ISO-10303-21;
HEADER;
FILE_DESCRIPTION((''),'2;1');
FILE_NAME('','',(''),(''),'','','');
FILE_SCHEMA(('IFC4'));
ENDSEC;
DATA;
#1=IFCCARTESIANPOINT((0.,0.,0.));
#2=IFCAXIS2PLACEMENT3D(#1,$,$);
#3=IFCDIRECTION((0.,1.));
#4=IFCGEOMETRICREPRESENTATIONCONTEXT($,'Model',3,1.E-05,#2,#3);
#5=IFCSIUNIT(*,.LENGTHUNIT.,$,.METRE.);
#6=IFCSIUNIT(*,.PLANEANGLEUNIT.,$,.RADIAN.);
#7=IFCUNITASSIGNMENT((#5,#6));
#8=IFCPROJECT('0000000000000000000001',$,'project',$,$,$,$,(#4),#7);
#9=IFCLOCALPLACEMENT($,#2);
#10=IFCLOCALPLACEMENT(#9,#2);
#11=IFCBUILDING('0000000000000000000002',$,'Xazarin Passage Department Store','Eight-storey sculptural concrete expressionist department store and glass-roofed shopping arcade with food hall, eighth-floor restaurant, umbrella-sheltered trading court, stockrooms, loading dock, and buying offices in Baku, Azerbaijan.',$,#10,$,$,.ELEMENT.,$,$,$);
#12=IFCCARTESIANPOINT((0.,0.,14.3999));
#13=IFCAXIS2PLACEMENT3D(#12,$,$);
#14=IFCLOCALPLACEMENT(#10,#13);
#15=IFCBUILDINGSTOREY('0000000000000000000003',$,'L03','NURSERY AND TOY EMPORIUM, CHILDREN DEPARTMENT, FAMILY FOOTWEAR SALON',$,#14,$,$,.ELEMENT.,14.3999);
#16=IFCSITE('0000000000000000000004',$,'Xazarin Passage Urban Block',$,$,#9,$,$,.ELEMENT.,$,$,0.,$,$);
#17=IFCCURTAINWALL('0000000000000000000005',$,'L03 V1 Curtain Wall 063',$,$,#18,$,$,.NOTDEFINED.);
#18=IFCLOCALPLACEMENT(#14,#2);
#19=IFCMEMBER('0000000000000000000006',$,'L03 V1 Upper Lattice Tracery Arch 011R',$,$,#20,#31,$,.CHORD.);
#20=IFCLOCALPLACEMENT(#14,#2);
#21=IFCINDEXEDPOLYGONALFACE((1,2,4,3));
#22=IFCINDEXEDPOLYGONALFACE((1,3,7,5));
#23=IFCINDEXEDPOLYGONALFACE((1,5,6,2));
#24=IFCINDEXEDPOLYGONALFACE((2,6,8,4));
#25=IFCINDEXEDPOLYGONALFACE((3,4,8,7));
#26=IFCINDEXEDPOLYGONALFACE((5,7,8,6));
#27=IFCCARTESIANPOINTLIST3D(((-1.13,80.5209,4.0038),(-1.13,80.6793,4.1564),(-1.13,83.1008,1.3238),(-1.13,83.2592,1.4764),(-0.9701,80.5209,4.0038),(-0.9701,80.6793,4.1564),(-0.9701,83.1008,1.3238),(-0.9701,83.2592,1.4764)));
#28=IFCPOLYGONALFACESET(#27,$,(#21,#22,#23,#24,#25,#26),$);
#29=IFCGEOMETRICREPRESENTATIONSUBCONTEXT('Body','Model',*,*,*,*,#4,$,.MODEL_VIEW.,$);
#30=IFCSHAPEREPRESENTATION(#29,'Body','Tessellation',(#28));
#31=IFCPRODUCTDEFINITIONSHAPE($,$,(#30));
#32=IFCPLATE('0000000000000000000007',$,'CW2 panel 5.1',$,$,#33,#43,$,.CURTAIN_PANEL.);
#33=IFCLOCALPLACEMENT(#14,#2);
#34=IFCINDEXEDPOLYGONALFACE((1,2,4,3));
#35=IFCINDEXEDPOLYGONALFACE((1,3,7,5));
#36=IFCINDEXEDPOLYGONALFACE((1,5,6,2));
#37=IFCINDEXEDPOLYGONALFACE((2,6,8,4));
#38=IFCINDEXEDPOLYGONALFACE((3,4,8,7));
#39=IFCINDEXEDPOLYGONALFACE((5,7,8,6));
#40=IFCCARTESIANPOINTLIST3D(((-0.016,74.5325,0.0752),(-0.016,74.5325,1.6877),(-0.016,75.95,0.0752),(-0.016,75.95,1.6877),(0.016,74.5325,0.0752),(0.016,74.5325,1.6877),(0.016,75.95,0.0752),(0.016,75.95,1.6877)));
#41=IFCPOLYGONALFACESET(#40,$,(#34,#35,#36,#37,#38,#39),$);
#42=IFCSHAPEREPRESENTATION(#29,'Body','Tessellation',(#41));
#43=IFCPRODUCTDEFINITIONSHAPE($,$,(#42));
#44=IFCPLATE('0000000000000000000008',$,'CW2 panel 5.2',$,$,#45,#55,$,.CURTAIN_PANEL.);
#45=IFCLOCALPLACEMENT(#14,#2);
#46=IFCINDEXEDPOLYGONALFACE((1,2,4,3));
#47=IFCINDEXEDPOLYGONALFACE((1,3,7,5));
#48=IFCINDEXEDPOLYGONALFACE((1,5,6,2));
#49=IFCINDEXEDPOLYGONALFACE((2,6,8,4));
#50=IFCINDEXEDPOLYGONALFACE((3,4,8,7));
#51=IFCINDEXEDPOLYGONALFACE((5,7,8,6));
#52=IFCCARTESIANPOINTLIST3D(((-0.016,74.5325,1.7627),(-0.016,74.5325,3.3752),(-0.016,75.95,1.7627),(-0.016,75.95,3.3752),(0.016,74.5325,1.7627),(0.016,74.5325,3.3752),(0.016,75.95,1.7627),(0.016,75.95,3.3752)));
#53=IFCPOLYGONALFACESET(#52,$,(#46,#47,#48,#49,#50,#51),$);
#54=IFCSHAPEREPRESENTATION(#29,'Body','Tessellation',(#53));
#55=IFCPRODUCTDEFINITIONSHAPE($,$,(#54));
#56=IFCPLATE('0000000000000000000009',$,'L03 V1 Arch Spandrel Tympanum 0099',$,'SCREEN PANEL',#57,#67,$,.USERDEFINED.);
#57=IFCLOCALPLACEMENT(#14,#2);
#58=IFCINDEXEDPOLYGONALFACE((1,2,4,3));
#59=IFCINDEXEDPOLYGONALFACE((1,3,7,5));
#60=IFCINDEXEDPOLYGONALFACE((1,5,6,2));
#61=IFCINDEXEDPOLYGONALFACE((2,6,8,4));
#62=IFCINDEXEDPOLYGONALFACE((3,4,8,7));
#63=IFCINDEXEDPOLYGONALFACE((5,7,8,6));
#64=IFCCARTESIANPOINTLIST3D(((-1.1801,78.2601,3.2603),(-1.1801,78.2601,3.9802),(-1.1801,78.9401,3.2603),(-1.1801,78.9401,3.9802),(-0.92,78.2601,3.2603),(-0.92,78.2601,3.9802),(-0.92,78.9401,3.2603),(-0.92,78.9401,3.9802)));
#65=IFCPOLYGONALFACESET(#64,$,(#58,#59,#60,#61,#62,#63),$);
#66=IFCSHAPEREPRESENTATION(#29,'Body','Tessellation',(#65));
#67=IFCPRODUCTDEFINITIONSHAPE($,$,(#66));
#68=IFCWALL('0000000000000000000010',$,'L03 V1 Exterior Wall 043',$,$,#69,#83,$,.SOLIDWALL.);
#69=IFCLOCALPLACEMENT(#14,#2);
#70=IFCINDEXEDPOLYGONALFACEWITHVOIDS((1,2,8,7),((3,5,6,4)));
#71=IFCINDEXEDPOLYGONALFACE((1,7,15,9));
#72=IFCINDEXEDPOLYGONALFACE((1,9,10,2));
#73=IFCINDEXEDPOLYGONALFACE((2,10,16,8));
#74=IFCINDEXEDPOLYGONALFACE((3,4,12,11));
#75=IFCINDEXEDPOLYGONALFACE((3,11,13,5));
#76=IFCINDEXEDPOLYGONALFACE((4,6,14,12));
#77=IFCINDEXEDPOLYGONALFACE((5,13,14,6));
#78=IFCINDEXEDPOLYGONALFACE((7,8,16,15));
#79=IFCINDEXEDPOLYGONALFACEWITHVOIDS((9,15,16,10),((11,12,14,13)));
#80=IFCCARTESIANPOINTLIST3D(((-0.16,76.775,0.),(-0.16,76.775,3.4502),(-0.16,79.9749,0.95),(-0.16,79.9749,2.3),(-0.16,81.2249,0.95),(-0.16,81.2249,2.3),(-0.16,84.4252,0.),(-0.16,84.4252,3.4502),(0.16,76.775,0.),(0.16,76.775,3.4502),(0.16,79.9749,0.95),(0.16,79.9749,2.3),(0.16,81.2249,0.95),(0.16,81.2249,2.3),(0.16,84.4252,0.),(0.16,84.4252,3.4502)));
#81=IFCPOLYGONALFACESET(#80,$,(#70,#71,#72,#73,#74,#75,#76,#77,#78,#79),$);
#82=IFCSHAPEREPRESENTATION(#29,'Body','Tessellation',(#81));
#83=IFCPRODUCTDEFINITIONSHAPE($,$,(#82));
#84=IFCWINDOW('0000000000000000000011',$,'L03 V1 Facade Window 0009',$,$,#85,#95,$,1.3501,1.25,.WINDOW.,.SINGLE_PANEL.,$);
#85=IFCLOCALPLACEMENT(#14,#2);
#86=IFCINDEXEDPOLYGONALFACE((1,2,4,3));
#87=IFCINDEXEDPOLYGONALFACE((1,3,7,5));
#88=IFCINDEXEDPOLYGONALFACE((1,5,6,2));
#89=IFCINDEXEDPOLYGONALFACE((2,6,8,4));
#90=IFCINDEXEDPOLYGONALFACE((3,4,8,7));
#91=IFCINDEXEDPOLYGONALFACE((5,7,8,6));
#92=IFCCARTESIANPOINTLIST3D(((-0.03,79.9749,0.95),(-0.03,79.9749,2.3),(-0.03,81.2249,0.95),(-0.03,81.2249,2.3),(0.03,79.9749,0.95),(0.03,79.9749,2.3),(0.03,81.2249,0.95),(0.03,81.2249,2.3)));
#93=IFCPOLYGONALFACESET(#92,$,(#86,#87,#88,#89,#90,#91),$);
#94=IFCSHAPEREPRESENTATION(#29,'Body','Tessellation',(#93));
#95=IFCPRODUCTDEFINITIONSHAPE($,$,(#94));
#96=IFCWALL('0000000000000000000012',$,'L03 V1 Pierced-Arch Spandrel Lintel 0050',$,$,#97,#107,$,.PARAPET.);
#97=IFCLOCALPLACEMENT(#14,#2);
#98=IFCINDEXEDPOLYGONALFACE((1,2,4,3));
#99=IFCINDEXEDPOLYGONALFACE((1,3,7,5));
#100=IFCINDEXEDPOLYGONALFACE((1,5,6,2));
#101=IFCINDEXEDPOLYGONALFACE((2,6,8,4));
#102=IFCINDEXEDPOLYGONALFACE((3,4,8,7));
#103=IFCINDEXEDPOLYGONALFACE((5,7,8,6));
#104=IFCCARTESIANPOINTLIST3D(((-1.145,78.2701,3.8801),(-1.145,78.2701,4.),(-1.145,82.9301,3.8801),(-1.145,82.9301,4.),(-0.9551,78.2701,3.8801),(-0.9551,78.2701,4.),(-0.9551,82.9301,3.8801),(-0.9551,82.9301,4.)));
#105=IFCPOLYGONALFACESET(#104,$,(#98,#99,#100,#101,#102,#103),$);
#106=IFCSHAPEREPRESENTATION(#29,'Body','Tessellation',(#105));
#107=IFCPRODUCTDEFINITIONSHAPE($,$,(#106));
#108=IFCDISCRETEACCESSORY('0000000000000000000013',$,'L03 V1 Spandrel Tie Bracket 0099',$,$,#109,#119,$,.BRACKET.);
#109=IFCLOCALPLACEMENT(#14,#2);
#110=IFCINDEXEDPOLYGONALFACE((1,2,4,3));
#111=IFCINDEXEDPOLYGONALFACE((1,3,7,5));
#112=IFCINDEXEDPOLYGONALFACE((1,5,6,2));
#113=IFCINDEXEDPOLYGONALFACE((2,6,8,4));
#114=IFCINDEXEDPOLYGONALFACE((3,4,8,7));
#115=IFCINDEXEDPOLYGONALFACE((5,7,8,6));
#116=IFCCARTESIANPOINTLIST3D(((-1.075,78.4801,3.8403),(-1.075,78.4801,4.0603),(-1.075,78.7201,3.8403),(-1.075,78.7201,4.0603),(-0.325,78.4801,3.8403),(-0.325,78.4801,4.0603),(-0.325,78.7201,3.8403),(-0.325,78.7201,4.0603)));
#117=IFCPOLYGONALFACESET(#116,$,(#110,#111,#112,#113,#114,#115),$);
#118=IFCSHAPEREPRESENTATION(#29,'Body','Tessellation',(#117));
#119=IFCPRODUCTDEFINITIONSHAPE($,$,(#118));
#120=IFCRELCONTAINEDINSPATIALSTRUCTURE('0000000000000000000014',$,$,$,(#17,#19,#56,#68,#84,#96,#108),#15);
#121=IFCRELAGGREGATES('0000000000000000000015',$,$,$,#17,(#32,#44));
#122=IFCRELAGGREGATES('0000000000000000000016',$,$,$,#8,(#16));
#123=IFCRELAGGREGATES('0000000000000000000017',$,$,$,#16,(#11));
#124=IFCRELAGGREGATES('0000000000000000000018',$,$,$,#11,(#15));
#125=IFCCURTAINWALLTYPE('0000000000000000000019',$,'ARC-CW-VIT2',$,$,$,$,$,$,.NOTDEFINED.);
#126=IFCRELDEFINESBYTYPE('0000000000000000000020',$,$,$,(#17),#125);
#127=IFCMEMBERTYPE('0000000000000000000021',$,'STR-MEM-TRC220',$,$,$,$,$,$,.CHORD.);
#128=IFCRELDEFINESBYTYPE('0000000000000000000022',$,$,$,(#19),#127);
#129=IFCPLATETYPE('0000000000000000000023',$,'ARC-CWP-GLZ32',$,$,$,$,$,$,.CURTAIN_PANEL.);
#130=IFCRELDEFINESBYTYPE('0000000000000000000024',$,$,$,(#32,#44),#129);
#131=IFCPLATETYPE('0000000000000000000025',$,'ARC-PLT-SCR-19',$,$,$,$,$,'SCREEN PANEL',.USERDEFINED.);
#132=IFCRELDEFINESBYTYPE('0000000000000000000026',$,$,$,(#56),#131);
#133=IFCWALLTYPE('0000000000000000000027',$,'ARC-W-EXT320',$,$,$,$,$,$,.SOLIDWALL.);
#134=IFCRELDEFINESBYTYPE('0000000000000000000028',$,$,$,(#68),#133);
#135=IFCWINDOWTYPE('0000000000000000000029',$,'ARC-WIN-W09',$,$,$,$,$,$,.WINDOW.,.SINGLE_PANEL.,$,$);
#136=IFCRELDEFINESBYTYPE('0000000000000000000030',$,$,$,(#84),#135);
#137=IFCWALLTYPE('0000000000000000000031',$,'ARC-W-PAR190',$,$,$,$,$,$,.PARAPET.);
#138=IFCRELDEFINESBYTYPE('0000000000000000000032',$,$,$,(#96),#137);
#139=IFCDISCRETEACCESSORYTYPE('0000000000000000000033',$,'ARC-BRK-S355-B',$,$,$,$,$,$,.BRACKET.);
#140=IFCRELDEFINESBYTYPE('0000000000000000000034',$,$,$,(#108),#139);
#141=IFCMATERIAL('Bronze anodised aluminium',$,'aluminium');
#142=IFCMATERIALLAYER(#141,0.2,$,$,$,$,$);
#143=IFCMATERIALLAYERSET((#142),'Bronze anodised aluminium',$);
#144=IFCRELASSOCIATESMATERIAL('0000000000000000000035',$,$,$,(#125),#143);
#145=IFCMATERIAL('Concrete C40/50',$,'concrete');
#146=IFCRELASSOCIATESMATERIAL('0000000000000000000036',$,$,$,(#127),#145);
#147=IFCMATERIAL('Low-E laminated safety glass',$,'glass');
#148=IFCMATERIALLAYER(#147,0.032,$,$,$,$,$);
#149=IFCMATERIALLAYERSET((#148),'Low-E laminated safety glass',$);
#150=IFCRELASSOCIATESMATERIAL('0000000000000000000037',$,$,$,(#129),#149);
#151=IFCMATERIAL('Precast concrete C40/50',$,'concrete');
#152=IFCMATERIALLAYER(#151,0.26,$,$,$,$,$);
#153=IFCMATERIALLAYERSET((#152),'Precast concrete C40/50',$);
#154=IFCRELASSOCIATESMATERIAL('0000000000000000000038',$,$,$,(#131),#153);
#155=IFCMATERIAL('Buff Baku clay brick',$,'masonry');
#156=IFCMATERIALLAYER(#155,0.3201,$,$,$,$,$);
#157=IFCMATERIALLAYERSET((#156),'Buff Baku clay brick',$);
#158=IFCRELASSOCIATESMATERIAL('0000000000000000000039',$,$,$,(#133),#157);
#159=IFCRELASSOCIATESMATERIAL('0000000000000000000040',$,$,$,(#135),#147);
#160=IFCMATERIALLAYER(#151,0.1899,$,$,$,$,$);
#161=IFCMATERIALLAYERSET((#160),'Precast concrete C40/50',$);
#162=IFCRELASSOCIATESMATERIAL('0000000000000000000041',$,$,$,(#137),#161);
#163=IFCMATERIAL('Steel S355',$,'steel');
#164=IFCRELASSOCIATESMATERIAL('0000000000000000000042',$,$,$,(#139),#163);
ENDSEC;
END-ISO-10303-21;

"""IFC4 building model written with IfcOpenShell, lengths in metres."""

from ifc_helpers import new_model, si_unit, direction, frame, frame_2d, origin, origin_2d, place, context, subcontext, project, spatial, rectangle, extrude, material, layer, layer_set, material_profile, profile_set, type_object, element, fill, aggregate, save


model = new_model("IFC4")

# Units and contexts
model_context = context("Model", 3, precision=1e-05, world=origin(), true_north=direction((0.0, 1.0)))
body_context = subcontext(model_context, "Body", "Model", "MODEL_VIEW")
ifc_project = project(units=[si_unit("LENGTHUNIT", "METRE"), si_unit("PLANEANGLEUNIT", "RADIAN")], contexts=[model_context])

# Site, building, storey
site_placement = place(None, origin())
site = spatial("IfcSite", under=ifc_project, at=site_placement, Name="Xazarin Passage Urban Block", CompositionType="ELEMENT", RefElevation=0.0)
building_placement = place(site_placement, origin())
building = spatial("IfcBuilding", under=site, at=building_placement, Name="Xazarin Passage Department Store", Description="Eight-storey sculptural concrete expressionist department store and glass-roofed shopping arcade with food hall, eighth-floor restaurant, umbrella-sheltered trading court, stockrooms, loading dock, and buying offices in Baku, Azerbaijan.", CompositionType="ELEMENT")
storey_placement = place(building_placement, frame((0.0, 0.0, 14.3999)))
storey = spatial("IfcBuildingStorey", under=building, at=storey_placement, Name="L03", Description="NURSERY AND TOY EMPORIUM, CHILDREN DEPARTMENT, FAMILY FOOTWEAR SALON", CompositionType="ELEMENT", Elevation=14.3999)

# Shared definitions
ifc_material_1 = material(Name="Concrete C40/50", Category="concrete")

# Curtain wall
ifc_material_2 = material(Name="Bronze anodised aluminium", Category="aluminium")
ifc_layer_1 = layer(ifc_material_2, 0.2)
ifc_layer_set_1 = layer_set([ifc_layer_1], Name="Bronze anodised aluminium")
curtain_wall_type = type_object("IfcCurtainWallType", Name="ARC-CW-VIT2", PredefinedType="NOTDEFINED", material=ifc_layer_set_1)
curtain_wall_placement = place(storey_placement, origin())
curtain_wall = element("IfcCurtainWall", 1, at=curtain_wall_placement, inside=storey, type_object=curtain_wall_type, Name="L03 V1 Curtain Wall 063", PredefinedType="NOTDEFINED")

# Member
ifc_material_profile_1 = material_profile(ifc_material_1, rectangle(XDim=0.1599, YDim=0.22, at=origin_2d()), Name="RC 160x220")
ifc_profile_set_1 = profile_set([ifc_material_profile_1], Name="Concrete C40/50")
member_type_1 = type_object("IfcMemberType", Name="STR-MEM-TRC220", PredefinedType="CHORD", material=ifc_profile_set_1)
for number, where, z_axis, x_axis, name in (
    (2, (-1.05, 80.6001, 4.0801), (0.0, 0.693524, -0.720433), (-1.0, 0.0, 0.0), "L03 V1 Upper Lattice Tracery Arch 011R"),
):
    element("IfcMember", number, at=place(storey_placement, frame(where, z_axis=z_axis, x_axis=x_axis)), inside=storey, type_object=member_type_1, Name=name, PredefinedType="CHORD", context=body_context, shape_type="SweptSolid", body=[
        extrude(rectangle(XDim=0.1599, YDim=0.22, at=origin_2d()), origin(), (0.0, 0.0, 1.0), 3.72),
    ])

# Plates
ifc_material_3 = material(Name="Low-E laminated safety glass", Category="glass")
ifc_layer_2 = layer(ifc_material_3, 0.032)
ifc_layer_set_2 = layer_set([ifc_layer_2], Name="Low-E laminated safety glass")
plate_type_1 = type_object("IfcPlateType", Name="ARC-CWP-GLZ32", PredefinedType="CURTAIN_PANEL", material=ifc_layer_set_2)
plate_1_placement = place(storey_placement, frame((0.0, 75.2412, 0.0752), z_axis=(0.0, 0.0, 1.0), x_axis=(0.0, 1.0, 0.0)))
plate_1 = element("IfcPlate", 3, at=plate_1_placement, type_object=plate_type_1, Name="CW2 panel 5.1", PredefinedType="CURTAIN_PANEL", context=body_context, shape_type="SweptSolid", body=[
    extrude(rectangle(XDim=1.4175, YDim=0.032, at=origin_2d()), origin(), (0.0, 0.0, 1.0), 1.6125),
])
plate_2_placement = place(storey_placement, frame((0.0, 75.2412, 1.7627), z_axis=(0.0, 0.0, 1.0), x_axis=(0.0, 1.0, 0.0)))
plate_2 = element("IfcPlate", 4, at=plate_2_placement, type_object=plate_type_1, Name="CW2 panel 5.2", PredefinedType="CURTAIN_PANEL", context=body_context, shape_type="SweptSolid", body=[
    extrude(rectangle(XDim=1.4175, YDim=0.032, at=origin_2d()), origin(), (0.0, 0.0, 1.0), 1.6125),
])
aggregate(curtain_wall, [plate_1, plate_2])
ifc_material_4 = material(Name="Precast concrete C40/50", Category="concrete")
ifc_layer_3 = layer(ifc_material_4, 0.26)
ifc_layer_set_3 = layer_set([ifc_layer_3], Name="Precast concrete C40/50")
plate_type_2 = type_object("IfcPlateType", Name="ARC-PLT-SCR-19", ElementType="SCREEN PANEL", PredefinedType="USERDEFINED", material=ifc_layer_set_3)
plate_3_placement = place(storey_placement, frame((-1.05, 78.6001, 3.2603), z_axis=(0.0, 0.0, 1.0), x_axis=(0.0, 1.0, 0.0)))
element("IfcPlate", 5, at=plate_3_placement, inside=storey, type_object=plate_type_2, Name="L03 V1 Arch Spandrel Tympanum 0099", ObjectType="SCREEN PANEL", PredefinedType="USERDEFINED", context=body_context, shape_type="SweptSolid", body=[
    extrude(rectangle(XDim=0.6799, YDim=0.26, at=origin_2d()), origin(), (0.0, 0.0, 1.0), 0.72),
])

# Wall, opening, window
ifc_material_5 = material(Name="Buff Baku clay brick", Category="masonry")
ifc_layer_4 = layer(ifc_material_5, 0.3201)
ifc_layer_set_4 = layer_set([ifc_layer_4], Name="Buff Baku clay brick")
wall_type_1 = type_object("IfcWallType", Name="ARC-W-EXT320", PredefinedType="SOLIDWALL", material=ifc_layer_set_4)
wall_1_placement = place(storey_placement, frame((0.0, 76.7749, 0.0), z_axis=(0.0, 0.0, 1.0), x_axis=(0.0, 1.0, 0.0)))
wall_1 = element("IfcWall", 6, at=wall_1_placement, inside=storey, type_object=wall_type_1, Name="L03 V1 Exterior Wall 043", PredefinedType="SOLIDWALL", context=body_context, shape_type="SweptSolid", body=[
    extrude(rectangle(XDim=7.6501, YDim=0.3201, at=frame_2d((3.8252, 0.0))), origin(), (0.0, 0.0, 1.0), 3.4502),
])
opening_placement = place(wall_1_placement, frame((3.2, 0.0, 0.95)))
opening = element("IfcOpeningElement", 7, at=opening_placement, cuts=wall_1, PredefinedType="OPENING", context=body_context, shape_type="SweptSolid", body=[
    extrude(rectangle(XDim=1.25, YDim=1.3501, at=frame_2d((0.625, 0.675))), frame((0.0, 0.1699, 0.0), z_axis=(0.0, -1.0, 0.0), x_axis=(1.0, 0.0, 0.0)), (0.0, 0.0, 1.0), 0.3401),
])
window_type = type_object("IfcWindowType", Name="ARC-WIN-W09", PartitioningType="SINGLE_PANEL", PredefinedType="WINDOW", material=ifc_material_3)
window_placement = place(opening_placement, origin())
window = element("IfcWindow", 8, at=window_placement, inside=storey, type_object=window_type, Name="L03 V1 Facade Window 0009", OverallHeight=1.3501, OverallWidth=1.25, PartitioningType="SINGLE_PANEL", PredefinedType="WINDOW", context=body_context, shape_type="SweptSolid", body=[
    extrude(rectangle(XDim=1.25, YDim=1.3501, at=frame_2d((0.625, 0.675))), frame((0.0, 0.03, 0.0), z_axis=(0.0, -1.0, 0.0), x_axis=(1.0, 0.0, 0.0)), (0.0, 0.0, 1.0), 0.0601),
])
fill(opening, window)

# Wall
ifc_layer_5 = layer(ifc_material_4, 0.1899)
ifc_layer_set_5 = layer_set([ifc_layer_5], Name="Precast concrete C40/50")
wall_type_2 = type_object("IfcWallType", Name="ARC-W-PAR190", PredefinedType="PARAPET", material=ifc_layer_set_5)
wall_2_placement = place(storey_placement, frame((-1.05, 78.27, 3.8801), z_axis=(0.0, 0.0, 1.0), x_axis=(0.0, 1.0, 0.0)))
element("IfcWall", 9, at=wall_2_placement, inside=storey, type_object=wall_type_2, Name="L03 V1 Pierced-Arch Spandrel Lintel 0050", PredefinedType="PARAPET", context=body_context, shape_type="SweptSolid", body=[
    extrude(rectangle(XDim=4.6599, YDim=0.1899, at=frame_2d((2.3301, 0.0))), origin(), (0.0, 0.0, 1.0), 0.1199),
])

# Discrete accessory
ifc_material_6 = material(Name="Steel S355", Category="steel")
discrete_accessory_type = type_object("IfcDiscreteAccessoryType", Name="ARC-BRK-S355-B", PredefinedType="BRACKET", material=ifc_material_6)
discrete_accessory_placement = place(storey_placement, frame((-0.7, 78.6001, 3.8403), z_axis=(0.0, 0.0, 1.0), x_axis=(0.0, 1.0, 0.0)))
element("IfcDiscreteAccessory", 10, at=discrete_accessory_placement, inside=storey, type_object=discrete_accessory_type, Name="L03 V1 Spandrel Tie Bracket 0099", PredefinedType="BRACKET", context=body_context, shape_type="SweptSolid", body=[
    extrude(rectangle(XDim=0.24, YDim=0.75, at=origin_2d()), origin(), (0.0, 0.0, 1.0), 0.22),
])

save(model, "model.ifc")
